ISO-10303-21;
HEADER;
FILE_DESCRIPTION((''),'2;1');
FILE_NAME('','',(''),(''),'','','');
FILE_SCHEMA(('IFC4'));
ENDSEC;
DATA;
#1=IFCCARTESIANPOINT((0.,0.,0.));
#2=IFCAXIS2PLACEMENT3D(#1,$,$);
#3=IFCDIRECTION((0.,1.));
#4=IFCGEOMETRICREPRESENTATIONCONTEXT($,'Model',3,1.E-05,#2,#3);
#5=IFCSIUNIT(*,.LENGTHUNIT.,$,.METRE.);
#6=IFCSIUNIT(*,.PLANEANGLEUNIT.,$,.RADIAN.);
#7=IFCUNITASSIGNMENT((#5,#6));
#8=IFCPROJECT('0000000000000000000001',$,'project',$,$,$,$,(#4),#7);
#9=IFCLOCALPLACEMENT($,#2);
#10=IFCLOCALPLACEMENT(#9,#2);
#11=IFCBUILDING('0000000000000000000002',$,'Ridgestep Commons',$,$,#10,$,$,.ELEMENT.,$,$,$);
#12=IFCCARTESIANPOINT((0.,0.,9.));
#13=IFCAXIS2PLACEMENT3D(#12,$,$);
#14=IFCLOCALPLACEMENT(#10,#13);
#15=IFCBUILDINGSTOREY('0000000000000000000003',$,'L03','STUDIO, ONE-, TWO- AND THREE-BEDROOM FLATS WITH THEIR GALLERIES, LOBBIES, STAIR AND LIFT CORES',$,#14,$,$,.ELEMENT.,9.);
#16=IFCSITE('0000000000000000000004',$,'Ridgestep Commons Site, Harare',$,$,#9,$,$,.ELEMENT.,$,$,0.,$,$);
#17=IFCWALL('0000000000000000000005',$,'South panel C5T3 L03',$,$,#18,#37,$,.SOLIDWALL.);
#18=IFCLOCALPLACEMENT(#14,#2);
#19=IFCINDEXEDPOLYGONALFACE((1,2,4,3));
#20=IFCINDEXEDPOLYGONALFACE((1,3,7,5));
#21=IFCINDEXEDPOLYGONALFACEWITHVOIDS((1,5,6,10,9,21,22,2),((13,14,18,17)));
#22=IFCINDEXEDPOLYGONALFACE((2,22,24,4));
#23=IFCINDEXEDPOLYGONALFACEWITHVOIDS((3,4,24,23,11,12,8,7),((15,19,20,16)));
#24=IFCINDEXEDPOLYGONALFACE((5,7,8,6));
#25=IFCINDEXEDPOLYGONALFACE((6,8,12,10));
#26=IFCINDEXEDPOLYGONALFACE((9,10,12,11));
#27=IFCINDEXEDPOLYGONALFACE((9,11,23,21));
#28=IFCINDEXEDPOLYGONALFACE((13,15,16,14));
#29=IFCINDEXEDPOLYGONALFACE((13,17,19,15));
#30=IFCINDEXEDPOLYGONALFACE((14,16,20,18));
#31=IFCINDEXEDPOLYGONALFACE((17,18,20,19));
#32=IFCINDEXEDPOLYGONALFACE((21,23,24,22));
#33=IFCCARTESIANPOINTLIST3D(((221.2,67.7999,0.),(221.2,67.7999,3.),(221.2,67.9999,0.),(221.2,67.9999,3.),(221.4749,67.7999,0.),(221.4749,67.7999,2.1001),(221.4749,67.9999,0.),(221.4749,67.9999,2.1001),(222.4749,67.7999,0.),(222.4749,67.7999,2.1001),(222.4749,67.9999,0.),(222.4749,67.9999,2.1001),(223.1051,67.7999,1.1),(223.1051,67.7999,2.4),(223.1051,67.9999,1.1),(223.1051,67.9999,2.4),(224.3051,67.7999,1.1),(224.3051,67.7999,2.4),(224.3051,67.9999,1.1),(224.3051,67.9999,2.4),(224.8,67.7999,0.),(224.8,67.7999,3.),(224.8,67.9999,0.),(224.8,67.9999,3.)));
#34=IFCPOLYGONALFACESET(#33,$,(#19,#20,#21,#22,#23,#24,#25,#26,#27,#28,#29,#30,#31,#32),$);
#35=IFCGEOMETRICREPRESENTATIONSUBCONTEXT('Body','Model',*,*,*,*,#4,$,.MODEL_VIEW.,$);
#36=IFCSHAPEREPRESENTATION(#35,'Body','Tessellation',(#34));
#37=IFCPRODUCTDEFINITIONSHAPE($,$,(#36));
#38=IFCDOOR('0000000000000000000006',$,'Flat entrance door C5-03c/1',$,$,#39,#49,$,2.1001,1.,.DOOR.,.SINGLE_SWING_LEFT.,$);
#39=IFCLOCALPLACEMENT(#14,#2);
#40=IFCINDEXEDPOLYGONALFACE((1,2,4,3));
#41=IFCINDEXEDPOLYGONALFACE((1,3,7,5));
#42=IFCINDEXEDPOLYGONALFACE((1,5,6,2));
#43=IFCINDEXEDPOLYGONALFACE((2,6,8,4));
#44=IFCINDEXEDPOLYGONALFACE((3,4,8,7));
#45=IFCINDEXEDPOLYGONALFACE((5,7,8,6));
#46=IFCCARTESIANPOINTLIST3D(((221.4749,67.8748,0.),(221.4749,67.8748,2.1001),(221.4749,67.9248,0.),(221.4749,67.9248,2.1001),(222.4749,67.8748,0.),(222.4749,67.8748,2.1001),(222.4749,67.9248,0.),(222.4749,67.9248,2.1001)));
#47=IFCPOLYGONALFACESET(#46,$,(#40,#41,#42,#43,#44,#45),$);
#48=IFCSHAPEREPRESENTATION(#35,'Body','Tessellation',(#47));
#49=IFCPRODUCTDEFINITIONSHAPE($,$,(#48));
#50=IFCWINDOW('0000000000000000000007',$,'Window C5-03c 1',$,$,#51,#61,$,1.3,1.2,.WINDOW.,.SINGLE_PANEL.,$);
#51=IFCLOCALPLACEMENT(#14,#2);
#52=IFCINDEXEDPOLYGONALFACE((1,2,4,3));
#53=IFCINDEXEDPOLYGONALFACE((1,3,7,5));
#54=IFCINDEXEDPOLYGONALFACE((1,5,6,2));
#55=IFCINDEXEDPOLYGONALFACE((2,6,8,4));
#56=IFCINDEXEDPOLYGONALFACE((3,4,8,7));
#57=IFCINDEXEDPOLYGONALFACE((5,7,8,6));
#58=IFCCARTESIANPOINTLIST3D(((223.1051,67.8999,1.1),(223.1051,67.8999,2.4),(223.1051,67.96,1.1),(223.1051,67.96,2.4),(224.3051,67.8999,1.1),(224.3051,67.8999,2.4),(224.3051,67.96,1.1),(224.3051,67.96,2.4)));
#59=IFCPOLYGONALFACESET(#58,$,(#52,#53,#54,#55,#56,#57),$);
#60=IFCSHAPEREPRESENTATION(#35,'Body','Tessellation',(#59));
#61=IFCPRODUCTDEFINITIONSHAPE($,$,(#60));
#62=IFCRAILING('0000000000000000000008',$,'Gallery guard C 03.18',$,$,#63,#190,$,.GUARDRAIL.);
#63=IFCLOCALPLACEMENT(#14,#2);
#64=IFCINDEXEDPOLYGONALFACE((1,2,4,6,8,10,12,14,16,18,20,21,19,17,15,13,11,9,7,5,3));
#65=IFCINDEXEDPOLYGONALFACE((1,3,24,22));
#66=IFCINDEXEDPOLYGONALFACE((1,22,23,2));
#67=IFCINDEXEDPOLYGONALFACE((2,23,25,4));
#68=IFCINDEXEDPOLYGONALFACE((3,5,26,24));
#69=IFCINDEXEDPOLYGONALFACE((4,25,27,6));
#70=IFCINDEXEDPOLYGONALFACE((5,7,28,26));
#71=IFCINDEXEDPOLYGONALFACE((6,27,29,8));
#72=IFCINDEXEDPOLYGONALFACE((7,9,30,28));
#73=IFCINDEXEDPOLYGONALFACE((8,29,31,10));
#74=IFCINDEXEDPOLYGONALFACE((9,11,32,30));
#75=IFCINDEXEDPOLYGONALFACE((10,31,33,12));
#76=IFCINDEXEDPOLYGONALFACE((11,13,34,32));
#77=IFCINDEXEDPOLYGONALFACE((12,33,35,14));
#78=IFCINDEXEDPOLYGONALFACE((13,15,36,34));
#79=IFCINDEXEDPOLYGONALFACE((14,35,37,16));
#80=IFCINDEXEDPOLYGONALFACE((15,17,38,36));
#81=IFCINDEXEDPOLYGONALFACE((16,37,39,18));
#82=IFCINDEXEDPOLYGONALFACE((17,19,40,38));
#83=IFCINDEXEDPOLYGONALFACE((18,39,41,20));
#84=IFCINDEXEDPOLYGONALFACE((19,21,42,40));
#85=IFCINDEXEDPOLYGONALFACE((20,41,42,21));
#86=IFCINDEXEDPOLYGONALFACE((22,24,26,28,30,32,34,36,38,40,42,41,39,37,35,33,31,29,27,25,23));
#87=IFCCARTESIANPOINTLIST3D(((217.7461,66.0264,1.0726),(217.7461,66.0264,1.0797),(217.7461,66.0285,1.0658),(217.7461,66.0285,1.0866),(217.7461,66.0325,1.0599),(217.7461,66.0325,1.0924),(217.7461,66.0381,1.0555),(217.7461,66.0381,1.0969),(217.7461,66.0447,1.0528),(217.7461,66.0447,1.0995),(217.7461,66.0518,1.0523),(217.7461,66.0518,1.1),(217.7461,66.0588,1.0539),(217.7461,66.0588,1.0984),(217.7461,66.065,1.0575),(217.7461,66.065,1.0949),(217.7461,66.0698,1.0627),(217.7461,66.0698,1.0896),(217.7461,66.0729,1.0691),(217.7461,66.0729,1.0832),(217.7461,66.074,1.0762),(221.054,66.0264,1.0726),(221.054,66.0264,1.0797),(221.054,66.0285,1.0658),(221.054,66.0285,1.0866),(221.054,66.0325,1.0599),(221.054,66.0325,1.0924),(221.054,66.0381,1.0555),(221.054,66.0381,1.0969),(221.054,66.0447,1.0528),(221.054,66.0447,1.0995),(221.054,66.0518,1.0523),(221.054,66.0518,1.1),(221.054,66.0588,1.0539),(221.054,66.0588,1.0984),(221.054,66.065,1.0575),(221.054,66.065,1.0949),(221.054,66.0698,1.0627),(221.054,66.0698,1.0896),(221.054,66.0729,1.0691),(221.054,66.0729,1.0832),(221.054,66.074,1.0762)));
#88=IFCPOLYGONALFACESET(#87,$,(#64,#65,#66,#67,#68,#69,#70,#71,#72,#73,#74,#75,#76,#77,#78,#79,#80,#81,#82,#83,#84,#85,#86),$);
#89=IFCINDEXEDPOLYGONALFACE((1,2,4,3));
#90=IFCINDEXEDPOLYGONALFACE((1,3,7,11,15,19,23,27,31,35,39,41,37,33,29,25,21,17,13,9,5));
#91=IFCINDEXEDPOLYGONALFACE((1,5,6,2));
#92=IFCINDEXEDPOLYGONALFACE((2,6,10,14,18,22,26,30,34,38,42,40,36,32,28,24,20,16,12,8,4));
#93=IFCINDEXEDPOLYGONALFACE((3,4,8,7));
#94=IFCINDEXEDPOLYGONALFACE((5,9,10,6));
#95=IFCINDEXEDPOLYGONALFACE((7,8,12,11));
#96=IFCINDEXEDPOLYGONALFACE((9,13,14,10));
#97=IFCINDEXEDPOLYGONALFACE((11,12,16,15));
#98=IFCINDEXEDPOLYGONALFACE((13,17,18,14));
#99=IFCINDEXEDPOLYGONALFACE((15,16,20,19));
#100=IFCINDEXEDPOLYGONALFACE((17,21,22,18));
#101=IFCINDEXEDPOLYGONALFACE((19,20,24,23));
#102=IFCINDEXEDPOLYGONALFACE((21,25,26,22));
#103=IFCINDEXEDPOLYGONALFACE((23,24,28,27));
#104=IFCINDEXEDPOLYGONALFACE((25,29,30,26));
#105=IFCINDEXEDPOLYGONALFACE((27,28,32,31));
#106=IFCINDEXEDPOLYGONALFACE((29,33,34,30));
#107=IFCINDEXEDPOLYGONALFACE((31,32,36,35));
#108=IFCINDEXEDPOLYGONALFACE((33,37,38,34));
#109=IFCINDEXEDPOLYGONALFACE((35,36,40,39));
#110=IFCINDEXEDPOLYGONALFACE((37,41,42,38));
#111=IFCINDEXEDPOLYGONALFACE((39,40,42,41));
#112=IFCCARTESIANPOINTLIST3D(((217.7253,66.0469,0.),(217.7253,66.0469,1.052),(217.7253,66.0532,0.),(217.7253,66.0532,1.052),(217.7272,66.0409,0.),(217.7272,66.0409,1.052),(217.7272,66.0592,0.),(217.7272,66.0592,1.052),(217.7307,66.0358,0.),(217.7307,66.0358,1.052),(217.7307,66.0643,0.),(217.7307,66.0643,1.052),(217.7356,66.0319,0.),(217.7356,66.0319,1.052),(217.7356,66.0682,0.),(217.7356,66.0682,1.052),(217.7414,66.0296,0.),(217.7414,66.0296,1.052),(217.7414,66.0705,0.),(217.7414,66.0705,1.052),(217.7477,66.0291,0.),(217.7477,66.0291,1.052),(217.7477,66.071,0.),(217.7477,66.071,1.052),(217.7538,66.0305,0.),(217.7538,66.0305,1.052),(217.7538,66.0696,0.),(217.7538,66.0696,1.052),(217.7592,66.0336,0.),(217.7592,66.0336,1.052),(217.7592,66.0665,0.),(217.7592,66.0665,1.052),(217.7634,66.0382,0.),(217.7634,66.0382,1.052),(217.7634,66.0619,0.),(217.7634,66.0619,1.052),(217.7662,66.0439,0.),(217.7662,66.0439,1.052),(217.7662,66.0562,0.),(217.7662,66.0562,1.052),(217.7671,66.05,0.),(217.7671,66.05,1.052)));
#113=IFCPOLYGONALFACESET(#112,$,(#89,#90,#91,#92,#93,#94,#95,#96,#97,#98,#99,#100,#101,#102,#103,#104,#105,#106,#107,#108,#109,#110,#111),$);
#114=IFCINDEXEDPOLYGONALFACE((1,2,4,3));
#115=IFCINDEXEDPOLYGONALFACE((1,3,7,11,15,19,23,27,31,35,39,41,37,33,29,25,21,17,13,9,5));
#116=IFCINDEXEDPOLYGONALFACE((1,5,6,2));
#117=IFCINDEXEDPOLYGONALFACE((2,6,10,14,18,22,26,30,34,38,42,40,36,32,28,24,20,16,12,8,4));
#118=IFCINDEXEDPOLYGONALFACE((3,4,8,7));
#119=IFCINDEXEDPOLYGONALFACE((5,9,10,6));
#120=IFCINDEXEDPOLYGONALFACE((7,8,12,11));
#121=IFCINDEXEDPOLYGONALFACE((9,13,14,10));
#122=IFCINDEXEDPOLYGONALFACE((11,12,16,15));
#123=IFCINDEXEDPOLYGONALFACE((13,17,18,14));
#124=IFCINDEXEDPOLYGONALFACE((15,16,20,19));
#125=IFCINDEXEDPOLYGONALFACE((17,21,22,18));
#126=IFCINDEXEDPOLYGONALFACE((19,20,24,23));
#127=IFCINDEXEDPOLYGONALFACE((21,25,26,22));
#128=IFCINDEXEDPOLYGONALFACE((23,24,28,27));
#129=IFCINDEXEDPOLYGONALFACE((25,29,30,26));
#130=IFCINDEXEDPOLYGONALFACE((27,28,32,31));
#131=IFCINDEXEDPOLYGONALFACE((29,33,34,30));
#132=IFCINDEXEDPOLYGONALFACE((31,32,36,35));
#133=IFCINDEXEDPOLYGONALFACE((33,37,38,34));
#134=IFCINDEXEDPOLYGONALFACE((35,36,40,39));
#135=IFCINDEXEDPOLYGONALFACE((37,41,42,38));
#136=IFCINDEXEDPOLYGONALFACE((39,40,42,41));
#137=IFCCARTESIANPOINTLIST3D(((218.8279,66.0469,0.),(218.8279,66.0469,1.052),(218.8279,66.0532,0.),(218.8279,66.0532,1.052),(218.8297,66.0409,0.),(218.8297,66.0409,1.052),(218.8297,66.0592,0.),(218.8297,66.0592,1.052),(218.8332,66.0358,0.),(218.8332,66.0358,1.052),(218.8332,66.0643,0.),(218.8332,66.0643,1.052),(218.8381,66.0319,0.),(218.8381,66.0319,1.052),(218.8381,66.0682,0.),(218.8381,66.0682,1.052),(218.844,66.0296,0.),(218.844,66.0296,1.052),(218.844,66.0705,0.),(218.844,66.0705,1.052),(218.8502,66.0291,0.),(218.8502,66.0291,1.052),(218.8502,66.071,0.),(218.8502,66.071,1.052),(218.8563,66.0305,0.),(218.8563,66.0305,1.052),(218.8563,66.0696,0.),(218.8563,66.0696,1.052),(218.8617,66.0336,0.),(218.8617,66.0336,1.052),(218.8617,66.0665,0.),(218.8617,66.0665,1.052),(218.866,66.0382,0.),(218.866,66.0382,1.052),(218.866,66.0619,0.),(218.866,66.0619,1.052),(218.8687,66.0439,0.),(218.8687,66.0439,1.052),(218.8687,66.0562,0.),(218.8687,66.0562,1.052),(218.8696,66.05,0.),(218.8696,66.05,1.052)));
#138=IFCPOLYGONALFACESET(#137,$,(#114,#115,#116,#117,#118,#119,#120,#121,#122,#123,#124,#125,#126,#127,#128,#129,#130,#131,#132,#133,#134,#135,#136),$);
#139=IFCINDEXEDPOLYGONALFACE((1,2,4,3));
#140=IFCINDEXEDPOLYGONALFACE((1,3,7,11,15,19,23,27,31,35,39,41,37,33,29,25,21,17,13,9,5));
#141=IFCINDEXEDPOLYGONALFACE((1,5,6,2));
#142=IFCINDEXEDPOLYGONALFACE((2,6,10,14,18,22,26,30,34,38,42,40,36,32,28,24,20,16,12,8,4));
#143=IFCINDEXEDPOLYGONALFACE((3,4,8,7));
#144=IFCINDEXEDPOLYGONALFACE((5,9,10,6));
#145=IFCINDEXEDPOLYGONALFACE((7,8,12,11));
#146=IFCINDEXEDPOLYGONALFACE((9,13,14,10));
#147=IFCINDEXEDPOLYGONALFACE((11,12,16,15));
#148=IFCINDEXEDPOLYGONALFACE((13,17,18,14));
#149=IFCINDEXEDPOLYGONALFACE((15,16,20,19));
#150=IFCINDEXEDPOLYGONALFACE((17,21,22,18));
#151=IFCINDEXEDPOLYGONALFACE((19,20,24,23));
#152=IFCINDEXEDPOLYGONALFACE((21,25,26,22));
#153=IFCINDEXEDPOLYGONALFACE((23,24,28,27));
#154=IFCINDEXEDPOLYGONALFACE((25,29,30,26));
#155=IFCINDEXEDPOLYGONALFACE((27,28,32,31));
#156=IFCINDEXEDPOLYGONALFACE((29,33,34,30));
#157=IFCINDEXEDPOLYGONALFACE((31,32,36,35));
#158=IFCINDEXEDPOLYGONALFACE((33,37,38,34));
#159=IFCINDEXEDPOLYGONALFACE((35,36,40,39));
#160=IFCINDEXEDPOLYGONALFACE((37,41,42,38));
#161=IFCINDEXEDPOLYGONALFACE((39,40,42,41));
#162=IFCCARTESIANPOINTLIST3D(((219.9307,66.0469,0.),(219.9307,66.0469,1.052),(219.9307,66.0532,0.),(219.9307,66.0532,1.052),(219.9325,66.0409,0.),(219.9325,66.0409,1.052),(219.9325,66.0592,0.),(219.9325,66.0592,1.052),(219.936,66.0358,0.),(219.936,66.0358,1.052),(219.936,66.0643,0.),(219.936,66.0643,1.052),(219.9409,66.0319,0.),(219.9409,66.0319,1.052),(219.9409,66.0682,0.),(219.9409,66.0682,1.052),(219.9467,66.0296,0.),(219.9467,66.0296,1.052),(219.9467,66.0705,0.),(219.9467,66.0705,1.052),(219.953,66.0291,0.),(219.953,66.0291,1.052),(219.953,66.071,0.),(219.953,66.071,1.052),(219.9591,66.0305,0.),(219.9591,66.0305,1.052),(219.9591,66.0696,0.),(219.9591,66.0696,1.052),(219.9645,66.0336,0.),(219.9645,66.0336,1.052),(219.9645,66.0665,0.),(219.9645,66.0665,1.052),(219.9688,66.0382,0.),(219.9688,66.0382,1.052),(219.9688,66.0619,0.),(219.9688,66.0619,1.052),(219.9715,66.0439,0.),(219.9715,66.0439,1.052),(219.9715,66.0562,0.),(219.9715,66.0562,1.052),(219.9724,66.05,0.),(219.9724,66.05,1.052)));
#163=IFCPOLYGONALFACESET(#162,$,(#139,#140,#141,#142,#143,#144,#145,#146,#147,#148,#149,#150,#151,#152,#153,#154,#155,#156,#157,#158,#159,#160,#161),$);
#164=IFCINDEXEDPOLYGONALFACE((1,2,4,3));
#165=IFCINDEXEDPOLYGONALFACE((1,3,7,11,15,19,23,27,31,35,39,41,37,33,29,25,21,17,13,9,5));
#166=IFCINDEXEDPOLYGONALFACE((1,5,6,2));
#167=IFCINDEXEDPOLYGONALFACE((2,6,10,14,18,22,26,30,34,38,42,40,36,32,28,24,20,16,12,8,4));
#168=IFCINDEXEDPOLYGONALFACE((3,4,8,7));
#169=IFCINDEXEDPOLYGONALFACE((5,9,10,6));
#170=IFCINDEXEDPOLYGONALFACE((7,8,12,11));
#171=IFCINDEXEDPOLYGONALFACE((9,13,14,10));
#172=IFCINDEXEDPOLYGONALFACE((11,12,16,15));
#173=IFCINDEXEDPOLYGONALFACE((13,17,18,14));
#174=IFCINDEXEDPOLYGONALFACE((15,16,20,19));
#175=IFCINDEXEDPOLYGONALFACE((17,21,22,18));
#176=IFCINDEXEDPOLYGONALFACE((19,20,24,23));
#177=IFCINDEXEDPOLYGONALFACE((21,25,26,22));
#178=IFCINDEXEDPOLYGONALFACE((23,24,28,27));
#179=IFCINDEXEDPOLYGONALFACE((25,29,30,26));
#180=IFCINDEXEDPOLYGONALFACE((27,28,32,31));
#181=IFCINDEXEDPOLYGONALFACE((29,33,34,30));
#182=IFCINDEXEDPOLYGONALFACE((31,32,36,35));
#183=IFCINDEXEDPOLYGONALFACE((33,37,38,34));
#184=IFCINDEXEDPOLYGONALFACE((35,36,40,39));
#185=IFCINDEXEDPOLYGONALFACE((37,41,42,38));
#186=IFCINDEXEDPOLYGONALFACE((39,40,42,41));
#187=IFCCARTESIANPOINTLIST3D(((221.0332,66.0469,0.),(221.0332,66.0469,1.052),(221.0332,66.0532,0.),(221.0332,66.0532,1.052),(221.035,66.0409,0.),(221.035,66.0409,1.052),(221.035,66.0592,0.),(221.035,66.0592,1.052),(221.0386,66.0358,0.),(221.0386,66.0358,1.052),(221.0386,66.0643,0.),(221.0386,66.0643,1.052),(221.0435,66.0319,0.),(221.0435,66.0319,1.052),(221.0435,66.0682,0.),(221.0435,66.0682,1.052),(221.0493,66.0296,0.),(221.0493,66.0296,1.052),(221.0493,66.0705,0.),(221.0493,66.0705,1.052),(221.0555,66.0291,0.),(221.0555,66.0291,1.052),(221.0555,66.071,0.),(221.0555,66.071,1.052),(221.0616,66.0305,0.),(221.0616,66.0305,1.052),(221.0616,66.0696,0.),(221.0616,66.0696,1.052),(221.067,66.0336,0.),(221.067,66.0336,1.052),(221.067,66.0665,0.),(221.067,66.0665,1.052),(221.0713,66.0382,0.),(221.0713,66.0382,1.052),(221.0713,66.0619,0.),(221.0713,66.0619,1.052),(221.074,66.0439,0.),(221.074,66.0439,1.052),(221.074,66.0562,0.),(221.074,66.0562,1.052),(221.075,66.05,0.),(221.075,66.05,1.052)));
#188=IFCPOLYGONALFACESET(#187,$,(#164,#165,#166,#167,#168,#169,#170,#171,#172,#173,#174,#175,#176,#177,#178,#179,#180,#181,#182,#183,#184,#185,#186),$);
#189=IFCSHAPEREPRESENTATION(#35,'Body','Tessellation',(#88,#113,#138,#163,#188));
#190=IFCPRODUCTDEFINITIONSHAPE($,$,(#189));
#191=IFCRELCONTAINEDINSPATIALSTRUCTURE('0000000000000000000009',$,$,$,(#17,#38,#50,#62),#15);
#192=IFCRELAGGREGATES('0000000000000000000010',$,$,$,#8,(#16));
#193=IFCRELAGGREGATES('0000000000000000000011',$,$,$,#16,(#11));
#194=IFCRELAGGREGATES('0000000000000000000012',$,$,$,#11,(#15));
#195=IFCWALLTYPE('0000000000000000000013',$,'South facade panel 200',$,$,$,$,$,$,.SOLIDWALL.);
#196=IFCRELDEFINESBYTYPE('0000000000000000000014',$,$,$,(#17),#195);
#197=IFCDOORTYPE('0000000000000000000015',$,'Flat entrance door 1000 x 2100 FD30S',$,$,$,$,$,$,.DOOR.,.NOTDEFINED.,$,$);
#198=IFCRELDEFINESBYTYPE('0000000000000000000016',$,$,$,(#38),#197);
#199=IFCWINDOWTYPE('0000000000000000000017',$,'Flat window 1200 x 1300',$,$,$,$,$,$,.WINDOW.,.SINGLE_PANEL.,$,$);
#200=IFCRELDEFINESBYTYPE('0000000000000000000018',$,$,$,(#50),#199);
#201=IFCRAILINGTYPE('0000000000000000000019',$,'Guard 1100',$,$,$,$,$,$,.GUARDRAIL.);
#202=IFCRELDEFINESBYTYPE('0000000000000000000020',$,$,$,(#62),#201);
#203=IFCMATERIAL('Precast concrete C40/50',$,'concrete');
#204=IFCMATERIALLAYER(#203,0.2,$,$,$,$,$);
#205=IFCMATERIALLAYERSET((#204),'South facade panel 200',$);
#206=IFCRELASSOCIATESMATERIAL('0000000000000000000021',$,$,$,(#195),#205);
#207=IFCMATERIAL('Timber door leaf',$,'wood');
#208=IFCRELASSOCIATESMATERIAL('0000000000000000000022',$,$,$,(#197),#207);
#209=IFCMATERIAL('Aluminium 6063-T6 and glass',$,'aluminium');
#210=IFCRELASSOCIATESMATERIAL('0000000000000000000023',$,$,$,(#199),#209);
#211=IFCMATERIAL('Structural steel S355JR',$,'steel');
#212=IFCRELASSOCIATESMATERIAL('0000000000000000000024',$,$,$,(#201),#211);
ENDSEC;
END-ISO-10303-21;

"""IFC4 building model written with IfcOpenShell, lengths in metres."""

from ifc_helpers import new_model, si_unit, direction, frame, frame_2d, origin, origin_2d, place, context, subcontext, project, spatial, rectangle, circle, extrude, material, layer, layer_set, type_object, element, fill, save


model = new_model("IFC4")

# Units and contexts
model_context = context("Model", 3, precision=1e-05, world=origin(), true_north=direction((0.0, 1.0)))
body_context = subcontext(model_context, "Body", "Model", "MODEL_VIEW")
ifc_project = project(units=[si_unit("LENGTHUNIT", "METRE"), si_unit("PLANEANGLEUNIT", "RADIAN")], contexts=[model_context])

# Site, building, storey
site_placement = place(None, origin())
site = spatial("IfcSite", under=ifc_project, at=site_placement, Name="Ridgestep Commons Site, Harare", CompositionType="ELEMENT", RefElevation=0.0)
building_placement = place(site_placement, origin())
building = spatial("IfcBuilding", under=site, at=building_placement, Name="Ridgestep Commons", CompositionType="ELEMENT")
storey_placement = place(building_placement, frame((0.0, 0.0, 9.0)))
storey = spatial("IfcBuildingStorey", under=building, at=storey_placement, Name="L03", Description="STUDIO, ONE-, TWO- AND THREE-BEDROOM FLATS WITH THEIR GALLERIES, LOBBIES, STAIR AND LIFT CORES", CompositionType="ELEMENT", Elevation=9.0)

# Wall, openings, door, window
ifc_material_1 = material(Name="Precast concrete C40/50", Category="concrete")
ifc_layer_1 = layer(ifc_material_1, 0.2)
ifc_layer_set_1 = layer_set([ifc_layer_1], Name="South facade panel 200")
wall_type_1 = type_object("IfcWallType", Name="South facade panel 200", PredefinedType="SOLIDWALL", material=ifc_layer_set_1)
ifc_material_2 = material(Name="Timber door leaf", Category="wood")
door_type_1 = type_object("IfcDoorType", Name="Flat entrance door 1000 x 2100 FD30S", OperationType="NOTDEFINED", PredefinedType="DOOR", material=ifc_material_2)
ifc_material_3 = material(Name="Aluminium 6063-T6 and glass", Category="aluminium")
window_type = type_object("IfcWindowType", Name="Flat window 1200 x 1300", PartitioningType="SINGLE_PANEL", PredefinedType="WINDOW", material=ifc_material_3)
wall_1_placement = place(storey_placement, frame((221.2, 67.8999, 0.0), z_axis=(0.0, 0.0, 1.0), x_axis=(1.0, 0.0, 0.0)))
wall_1 = element("IfcWall", 1, at=wall_1_placement, inside=storey, type_object=wall_type_1, Name="South panel C5T3 L03", PredefinedType="SOLIDWALL", context=body_context, shape_type="SweptSolid", body=[
    extrude(rectangle(XDim=3.6001, YDim=0.2, at=frame_2d((1.8, 0.0))), origin(), (0.0, 0.0, 1.0), 3.0),
])
opening_1_placement = place(wall_1_placement, frame((1.905, 0.0, 1.1001)))
opening_1 = element("IfcOpeningElement", 2, at=opening_1_placement, cuts=wall_1, PredefinedType="OPENING", context=body_context, shape_type="SweptSolid", body=[
    extrude(rectangle(XDim=1.2, YDim=1.3, at=frame_2d((0.6001, 0.6499))), frame((0.0, 0.1099, 0.0), z_axis=(0.0, -1.0, 0.0), x_axis=(1.0, 0.0, 0.0)), (0.0, 0.0, 1.0), 0.22),
])
opening_2_placement = place(wall_1_placement, frame((0.2749, 0.0, 0.0)))
opening_2 = element("IfcOpeningElement", 3, at=opening_2_placement, cuts=wall_1, PredefinedType="OPENING", context=body_context, shape_type="SweptSolid", body=[
    extrude(rectangle(XDim=1.0, YDim=2.1001, at=frame_2d((0.5, 1.05))), frame((0.0, 0.1099, 0.0), z_axis=(0.0, -1.0, 0.0), x_axis=(1.0, 0.0, 0.0)), (0.0, 0.0, 1.0), 0.22),
])
door_1_placement = place(opening_2_placement, origin())
door_1 = element("IfcDoor", 4, at=door_1_placement, inside=storey, type_object=door_type_1, Name="Flat entrance door C5-03c/1", OperationType="SINGLE_SWING_LEFT", OverallHeight=2.1001, OverallWidth=1.0, PredefinedType="DOOR", context=body_context, shape_type="SweptSolid", body=[
    extrude(rectangle(XDim=1.0, YDim=2.1001, at=frame_2d((0.5, 1.05))), frame((0.0, 0.0249, 0.0), z_axis=(0.0, -1.0, 0.0), x_axis=(1.0, 0.0, 0.0)), (0.0, 0.0, 1.0), 0.05),
])
fill(opening_2, door_1)
window_1_placement = place(opening_1_placement, origin())
window_1 = element("IfcWindow", 5, at=window_1_placement, inside=storey, type_object=window_type, Name="Window C5-03c 1", OverallHeight=1.3, OverallWidth=1.2, PartitioningType="SINGLE_PANEL", PredefinedType="WINDOW", context=body_context, shape_type="SweptSolid", body=[
    extrude(rectangle(XDim=1.2, YDim=1.3, at=frame_2d((0.6001, 0.6499))), frame((0.0, 0.0601, 0.0), z_axis=(0.0, -1.0, 0.0), x_axis=(1.0, 0.0, 0.0)), (0.0, 0.0, 1.0), 0.0601),
])
fill(opening_1, window_1)

# Railing
ifc_material_4 = material(Name="Structural steel S355JR", Category="steel")
railing_type = type_object("IfcRailingType", Name="Guard 1100", PredefinedType="GUARDRAIL", material=ifc_material_4)
railing_1_placement = place(storey_placement, frame((217.7461, 66.05, 0.0)))
element("IfcRailing", 6, at=railing_1_placement, inside=storey, type_object=railing_type, Name="Gallery guard C 03.18", PredefinedType="GUARDRAIL", context=body_context, shape_type="SweptSolid", body=[
    extrude(circle(Radius=0.0239, at=origin_2d()), frame((0.0, 0.0, 1.0762), z_axis=(1.0, 0.0, 0.0), x_axis=(0.0, 1.0, 0.0)), (0.0, 0.0, 1.0), 3.3079),
    extrude(circle(Radius=0.021, at=origin_2d()), origin(), (0.0, 0.0, 1.0), 1.052),
    extrude(circle(Radius=0.021, at=origin_2d()), frame((1.1025, 0.0, 0.0)), (0.0, 0.0, 1.0), 1.052),
    extrude(circle(Radius=0.021, at=origin_2d()), frame((2.2053, 0.0, 0.0)), (0.0, 0.0, 1.0), 1.052),
    extrude(circle(Radius=0.021, at=origin_2d()), frame((3.3079, 0.0, 0.0)), (0.0, 0.0, 1.0), 1.052),
])

save(model, "model.ifc")
